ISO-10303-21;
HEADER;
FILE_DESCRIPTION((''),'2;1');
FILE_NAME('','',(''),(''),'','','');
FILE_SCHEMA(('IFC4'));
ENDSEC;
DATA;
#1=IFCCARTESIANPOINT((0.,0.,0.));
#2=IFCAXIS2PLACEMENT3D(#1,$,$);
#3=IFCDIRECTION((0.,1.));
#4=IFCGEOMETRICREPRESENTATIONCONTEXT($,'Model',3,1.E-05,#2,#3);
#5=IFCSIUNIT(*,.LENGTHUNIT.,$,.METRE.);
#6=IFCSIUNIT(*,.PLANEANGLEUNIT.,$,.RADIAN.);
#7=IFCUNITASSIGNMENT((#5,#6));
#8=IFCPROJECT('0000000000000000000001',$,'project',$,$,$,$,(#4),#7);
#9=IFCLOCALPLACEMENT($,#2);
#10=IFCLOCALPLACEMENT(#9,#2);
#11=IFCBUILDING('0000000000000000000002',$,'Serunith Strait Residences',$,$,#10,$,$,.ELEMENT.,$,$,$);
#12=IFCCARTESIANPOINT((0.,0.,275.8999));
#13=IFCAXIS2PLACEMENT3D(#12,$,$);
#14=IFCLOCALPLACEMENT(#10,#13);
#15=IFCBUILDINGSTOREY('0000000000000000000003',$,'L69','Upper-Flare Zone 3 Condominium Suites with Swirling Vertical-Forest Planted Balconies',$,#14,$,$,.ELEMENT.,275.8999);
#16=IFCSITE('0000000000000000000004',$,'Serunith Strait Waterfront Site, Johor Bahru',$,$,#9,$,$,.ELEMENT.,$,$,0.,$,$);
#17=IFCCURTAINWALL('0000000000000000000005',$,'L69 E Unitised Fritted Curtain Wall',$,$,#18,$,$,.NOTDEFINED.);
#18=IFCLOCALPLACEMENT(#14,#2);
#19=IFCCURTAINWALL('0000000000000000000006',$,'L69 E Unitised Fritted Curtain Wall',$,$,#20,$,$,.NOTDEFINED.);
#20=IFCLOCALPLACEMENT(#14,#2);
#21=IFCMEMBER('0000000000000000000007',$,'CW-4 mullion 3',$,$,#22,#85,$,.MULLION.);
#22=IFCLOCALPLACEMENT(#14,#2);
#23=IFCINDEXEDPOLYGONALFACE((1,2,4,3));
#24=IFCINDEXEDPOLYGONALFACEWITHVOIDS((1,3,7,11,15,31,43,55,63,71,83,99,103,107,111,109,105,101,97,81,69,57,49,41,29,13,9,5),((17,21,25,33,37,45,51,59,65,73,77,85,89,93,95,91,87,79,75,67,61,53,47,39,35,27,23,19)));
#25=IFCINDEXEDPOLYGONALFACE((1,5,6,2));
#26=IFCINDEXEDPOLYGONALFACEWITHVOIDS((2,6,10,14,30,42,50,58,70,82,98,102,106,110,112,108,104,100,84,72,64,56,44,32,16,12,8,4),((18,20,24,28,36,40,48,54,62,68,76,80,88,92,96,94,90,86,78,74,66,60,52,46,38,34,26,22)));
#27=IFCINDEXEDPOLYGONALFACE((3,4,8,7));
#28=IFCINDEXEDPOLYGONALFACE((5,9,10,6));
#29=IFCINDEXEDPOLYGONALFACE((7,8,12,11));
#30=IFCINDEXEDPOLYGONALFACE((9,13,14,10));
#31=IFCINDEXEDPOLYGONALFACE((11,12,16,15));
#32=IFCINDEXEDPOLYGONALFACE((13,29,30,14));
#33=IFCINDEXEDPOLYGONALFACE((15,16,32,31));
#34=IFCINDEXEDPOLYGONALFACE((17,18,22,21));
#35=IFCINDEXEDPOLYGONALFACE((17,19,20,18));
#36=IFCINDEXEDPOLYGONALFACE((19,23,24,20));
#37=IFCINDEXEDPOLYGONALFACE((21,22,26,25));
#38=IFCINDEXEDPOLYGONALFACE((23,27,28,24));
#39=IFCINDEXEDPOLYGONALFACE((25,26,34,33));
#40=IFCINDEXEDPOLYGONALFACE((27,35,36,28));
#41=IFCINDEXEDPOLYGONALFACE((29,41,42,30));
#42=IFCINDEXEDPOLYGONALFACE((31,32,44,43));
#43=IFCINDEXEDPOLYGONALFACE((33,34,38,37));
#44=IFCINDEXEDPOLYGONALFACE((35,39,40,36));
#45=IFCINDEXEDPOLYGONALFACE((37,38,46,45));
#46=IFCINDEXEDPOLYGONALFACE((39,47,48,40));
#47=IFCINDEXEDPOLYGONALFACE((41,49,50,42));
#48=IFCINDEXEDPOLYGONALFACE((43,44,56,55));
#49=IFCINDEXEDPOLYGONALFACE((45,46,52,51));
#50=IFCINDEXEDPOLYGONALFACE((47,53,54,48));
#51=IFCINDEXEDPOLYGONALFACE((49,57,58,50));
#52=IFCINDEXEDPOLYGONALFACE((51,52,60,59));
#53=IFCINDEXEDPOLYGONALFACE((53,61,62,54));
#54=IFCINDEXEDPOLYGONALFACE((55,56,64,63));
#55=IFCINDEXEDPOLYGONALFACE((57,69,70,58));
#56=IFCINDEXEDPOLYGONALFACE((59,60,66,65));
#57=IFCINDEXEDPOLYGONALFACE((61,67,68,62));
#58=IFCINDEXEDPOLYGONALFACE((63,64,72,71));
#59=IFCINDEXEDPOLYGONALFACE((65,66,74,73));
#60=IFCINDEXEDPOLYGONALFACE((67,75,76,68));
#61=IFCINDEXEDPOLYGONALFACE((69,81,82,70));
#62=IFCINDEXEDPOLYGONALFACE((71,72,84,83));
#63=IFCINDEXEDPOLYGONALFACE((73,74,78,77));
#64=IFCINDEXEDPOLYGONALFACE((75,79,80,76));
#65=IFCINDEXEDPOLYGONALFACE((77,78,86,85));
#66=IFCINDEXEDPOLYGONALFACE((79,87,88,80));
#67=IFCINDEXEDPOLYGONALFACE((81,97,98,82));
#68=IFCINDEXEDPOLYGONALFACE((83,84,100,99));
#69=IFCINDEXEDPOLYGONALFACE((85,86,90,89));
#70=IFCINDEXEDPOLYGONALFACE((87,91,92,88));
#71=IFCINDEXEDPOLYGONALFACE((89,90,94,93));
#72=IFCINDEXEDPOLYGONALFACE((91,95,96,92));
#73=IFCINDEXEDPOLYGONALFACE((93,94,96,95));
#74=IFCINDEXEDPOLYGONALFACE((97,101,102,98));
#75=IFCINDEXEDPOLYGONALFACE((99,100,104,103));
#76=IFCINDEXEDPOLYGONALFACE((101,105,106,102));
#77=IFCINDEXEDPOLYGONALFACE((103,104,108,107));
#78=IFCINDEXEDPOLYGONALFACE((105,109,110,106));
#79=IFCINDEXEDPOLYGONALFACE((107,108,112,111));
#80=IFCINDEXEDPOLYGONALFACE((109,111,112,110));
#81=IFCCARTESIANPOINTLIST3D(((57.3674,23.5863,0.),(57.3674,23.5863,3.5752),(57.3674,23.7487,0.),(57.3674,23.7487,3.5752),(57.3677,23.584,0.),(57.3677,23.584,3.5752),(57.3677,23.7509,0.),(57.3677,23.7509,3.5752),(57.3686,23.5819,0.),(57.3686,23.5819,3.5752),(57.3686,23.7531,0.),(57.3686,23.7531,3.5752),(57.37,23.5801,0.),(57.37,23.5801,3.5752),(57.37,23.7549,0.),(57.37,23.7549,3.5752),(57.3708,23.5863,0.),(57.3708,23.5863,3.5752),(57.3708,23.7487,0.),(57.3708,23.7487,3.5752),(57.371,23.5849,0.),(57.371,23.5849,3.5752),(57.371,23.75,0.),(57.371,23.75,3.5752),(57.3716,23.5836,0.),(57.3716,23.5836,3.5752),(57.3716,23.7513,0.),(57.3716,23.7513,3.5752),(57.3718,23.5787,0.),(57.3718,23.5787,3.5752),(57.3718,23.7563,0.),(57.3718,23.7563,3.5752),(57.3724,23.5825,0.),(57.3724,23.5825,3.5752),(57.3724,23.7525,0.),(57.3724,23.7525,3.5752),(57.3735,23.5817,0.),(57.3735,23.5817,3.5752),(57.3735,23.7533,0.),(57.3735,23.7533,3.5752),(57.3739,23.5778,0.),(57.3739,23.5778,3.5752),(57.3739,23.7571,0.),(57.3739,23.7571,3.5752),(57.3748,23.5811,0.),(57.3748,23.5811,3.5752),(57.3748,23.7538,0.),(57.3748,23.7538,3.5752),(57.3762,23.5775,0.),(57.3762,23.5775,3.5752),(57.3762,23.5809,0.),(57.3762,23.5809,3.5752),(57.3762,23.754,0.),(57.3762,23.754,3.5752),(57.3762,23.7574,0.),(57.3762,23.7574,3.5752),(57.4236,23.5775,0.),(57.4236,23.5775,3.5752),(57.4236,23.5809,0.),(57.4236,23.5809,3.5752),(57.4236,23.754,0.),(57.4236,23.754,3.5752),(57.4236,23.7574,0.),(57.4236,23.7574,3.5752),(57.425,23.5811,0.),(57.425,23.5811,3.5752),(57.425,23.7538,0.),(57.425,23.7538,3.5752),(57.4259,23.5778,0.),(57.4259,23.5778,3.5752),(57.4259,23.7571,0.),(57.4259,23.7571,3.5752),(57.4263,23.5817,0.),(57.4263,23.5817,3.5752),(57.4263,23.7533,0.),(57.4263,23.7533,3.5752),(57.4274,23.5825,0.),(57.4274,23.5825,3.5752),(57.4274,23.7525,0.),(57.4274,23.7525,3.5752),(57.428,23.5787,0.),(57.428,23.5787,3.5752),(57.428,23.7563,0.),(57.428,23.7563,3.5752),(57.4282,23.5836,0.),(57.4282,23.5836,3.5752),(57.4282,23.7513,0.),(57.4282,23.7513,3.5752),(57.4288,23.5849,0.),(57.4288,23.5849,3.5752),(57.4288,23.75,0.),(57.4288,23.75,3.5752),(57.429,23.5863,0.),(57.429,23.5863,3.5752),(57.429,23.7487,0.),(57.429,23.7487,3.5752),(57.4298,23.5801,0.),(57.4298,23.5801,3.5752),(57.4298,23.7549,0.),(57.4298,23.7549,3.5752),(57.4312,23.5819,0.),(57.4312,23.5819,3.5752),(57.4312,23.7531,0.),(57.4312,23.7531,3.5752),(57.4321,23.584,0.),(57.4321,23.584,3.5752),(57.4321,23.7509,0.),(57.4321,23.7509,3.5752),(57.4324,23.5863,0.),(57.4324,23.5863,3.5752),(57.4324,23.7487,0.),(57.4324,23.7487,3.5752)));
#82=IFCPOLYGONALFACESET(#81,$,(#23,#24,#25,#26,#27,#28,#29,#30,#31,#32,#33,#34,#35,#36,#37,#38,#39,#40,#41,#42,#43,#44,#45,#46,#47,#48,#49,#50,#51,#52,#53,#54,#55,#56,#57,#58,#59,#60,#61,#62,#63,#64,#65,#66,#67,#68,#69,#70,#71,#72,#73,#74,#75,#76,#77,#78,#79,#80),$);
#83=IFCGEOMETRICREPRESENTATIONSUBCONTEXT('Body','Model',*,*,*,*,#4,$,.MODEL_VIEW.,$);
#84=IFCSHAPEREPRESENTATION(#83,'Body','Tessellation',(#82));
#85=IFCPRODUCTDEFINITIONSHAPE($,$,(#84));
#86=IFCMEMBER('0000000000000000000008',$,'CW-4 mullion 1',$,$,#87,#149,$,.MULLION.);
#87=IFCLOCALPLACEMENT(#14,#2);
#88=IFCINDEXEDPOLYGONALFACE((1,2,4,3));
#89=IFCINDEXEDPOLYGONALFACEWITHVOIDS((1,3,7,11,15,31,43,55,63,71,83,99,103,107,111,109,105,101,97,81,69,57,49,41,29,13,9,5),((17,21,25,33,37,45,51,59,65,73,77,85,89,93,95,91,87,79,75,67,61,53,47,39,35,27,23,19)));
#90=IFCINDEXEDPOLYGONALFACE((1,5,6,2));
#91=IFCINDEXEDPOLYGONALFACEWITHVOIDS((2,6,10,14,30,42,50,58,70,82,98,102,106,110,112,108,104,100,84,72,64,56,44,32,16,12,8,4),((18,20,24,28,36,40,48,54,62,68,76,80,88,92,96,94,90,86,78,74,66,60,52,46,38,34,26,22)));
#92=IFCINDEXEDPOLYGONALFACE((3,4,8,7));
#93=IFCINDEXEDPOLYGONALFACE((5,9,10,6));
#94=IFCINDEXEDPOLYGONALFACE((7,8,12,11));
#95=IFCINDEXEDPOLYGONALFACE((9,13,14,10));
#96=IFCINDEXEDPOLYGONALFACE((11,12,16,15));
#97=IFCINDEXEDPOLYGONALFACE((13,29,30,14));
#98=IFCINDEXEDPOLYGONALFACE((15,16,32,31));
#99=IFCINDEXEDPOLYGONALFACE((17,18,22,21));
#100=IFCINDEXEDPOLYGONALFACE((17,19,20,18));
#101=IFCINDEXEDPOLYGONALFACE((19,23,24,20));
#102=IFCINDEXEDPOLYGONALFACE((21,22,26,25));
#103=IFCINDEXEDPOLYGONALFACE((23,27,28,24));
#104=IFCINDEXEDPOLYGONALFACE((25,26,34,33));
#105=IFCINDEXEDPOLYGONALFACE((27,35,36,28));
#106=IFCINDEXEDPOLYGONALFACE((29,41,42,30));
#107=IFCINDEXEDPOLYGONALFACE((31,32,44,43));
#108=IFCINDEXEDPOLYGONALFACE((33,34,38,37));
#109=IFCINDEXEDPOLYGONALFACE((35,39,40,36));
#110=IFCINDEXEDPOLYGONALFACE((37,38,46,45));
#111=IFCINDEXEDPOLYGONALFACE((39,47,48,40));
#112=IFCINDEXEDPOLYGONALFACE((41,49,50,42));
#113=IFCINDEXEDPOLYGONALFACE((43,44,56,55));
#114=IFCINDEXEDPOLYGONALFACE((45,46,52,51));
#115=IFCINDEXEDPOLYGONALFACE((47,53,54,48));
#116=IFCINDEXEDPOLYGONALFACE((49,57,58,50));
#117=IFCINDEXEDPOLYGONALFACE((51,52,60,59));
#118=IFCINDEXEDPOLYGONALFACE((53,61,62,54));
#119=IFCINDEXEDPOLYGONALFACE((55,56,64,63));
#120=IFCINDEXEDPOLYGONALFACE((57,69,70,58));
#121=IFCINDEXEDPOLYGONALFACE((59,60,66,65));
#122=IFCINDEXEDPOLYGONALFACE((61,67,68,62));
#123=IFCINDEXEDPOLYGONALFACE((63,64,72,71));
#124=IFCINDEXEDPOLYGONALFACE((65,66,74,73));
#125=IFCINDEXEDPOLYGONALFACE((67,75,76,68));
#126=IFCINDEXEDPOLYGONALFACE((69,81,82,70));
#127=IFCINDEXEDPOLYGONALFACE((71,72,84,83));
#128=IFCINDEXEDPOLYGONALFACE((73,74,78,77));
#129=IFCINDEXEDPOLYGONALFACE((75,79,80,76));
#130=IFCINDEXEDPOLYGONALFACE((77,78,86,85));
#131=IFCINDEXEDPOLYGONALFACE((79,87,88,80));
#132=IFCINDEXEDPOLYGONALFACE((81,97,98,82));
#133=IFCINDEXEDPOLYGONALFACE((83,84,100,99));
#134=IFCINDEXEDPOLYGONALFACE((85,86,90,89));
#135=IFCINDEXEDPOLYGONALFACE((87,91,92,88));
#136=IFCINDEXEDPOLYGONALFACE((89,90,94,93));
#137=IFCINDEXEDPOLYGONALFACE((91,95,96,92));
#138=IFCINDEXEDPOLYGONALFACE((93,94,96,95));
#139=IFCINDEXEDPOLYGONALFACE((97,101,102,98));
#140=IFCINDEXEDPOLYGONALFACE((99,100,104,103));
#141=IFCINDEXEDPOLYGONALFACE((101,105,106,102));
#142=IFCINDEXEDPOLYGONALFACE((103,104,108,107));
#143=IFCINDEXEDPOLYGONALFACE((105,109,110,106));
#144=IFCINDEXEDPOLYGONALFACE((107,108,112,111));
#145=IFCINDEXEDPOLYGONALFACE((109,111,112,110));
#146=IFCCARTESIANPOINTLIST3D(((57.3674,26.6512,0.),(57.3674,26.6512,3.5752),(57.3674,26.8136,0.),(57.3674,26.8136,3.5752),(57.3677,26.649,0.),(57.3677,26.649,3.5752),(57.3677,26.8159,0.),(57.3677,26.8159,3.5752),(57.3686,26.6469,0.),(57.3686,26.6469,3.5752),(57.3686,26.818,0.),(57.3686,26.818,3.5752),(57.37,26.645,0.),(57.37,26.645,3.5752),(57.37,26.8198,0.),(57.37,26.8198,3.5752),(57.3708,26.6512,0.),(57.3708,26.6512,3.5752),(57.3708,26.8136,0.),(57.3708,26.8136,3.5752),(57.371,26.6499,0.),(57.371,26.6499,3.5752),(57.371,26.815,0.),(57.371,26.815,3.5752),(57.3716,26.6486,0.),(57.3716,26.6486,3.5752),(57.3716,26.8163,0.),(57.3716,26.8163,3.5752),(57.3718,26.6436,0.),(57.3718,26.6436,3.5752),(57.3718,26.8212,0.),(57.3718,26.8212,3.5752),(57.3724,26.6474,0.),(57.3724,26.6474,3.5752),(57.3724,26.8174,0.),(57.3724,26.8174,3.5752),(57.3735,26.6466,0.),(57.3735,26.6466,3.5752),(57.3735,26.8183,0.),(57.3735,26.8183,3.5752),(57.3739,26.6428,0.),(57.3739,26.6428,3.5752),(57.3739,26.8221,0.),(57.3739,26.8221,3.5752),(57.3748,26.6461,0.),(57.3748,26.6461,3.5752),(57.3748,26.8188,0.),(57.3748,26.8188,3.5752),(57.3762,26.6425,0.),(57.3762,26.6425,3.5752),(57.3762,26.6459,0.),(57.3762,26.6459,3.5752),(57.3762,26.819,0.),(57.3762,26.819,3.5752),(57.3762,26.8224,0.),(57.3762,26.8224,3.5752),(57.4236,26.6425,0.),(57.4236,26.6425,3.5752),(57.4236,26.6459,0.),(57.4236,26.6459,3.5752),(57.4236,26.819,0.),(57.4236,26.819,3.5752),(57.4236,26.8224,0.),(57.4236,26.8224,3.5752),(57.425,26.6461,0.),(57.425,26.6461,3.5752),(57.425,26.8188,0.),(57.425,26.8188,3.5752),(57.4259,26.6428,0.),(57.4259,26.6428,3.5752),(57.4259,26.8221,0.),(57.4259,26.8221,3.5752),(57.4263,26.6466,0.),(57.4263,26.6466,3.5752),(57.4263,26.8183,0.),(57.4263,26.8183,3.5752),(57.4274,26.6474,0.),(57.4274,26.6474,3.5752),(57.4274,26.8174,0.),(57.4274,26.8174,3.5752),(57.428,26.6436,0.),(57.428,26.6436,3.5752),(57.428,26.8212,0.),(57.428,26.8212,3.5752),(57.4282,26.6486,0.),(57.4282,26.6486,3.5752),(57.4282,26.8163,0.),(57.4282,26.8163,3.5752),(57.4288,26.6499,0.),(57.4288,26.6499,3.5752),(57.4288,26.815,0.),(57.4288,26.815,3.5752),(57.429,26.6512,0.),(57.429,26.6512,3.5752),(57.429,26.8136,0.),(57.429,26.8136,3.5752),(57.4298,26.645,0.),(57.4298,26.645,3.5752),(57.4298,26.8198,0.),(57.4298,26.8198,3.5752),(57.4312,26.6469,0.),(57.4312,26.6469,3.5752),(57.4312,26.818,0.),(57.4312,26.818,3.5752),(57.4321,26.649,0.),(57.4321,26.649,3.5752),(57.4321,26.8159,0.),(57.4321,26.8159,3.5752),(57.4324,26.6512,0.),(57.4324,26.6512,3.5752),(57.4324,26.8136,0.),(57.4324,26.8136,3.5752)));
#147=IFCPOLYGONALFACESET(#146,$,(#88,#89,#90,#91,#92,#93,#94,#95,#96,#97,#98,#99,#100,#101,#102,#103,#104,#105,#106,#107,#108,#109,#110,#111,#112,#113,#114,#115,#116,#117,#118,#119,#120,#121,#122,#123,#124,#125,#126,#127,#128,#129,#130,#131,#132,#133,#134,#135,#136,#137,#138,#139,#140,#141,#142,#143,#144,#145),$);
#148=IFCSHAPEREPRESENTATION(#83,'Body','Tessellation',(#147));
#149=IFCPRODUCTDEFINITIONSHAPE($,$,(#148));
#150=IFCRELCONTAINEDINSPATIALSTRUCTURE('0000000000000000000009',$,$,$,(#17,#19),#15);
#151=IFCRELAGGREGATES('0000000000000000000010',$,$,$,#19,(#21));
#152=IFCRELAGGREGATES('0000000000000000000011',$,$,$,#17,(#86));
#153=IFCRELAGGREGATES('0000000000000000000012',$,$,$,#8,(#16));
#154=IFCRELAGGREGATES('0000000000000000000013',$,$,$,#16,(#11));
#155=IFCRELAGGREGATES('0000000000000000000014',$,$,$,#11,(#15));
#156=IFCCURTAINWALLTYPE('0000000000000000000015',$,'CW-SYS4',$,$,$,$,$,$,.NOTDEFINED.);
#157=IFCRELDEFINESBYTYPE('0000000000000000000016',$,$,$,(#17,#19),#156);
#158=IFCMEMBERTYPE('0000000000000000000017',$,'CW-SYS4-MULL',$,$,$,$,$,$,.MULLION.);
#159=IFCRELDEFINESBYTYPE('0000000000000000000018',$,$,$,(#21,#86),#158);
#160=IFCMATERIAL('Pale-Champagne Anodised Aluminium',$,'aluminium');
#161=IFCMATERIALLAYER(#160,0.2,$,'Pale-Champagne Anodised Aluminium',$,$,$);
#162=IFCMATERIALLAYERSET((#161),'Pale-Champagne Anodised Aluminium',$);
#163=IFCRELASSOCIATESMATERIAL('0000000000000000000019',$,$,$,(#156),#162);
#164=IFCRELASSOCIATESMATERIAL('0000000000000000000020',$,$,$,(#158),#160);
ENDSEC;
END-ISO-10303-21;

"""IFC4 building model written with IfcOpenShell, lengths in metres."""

from ifc_helpers import new_model, si_unit, direction, frame, origin, origin_2d, place, context, subcontext, project, spatial, hollow_rectangle, extrude, source, transform, mapped, material, layer, layer_set, material_profile, profile_set, type_object, element, aggregate, save


model = new_model("IFC4")

# Units and contexts
model_context = context("Model", 3, precision=1e-05, world=origin(), true_north=direction((0.0, 1.0)))
body_context = subcontext(model_context, "Body", "Model", "MODEL_VIEW")
ifc_project = project(units=[si_unit("LENGTHUNIT", "METRE"), si_unit("PLANEANGLEUNIT", "RADIAN")], contexts=[model_context])

# Site, building, storey
site_placement = place(None, origin())
site = spatial("IfcSite", under=ifc_project, at=site_placement, Name="Serunith Strait Waterfront Site, Johor Bahru", CompositionType="ELEMENT", RefElevation=0.0)
building_placement = place(site_placement, origin())
building = spatial("IfcBuilding", under=site, at=building_placement, Name="Serunith Strait Residences", CompositionType="ELEMENT")
storey_placement = place(building_placement, frame((0.0, 0.0, 275.8999)))
storey = spatial("IfcBuildingStorey", under=building, at=storey_placement, Name="L69", Description="Upper-Flare Zone 3 Condominium Suites with Swirling Vertical-Forest Planted Balconies", CompositionType="ELEMENT", Elevation=275.8999)

# Curtain wall
ifc_material_1 = material(Name="Pale-Champagne Anodised Aluminium", Category="aluminium")
ifc_layer_1 = layer(ifc_material_1, 0.2, Name="Pale-Champagne Anodised Aluminium")
ifc_layer_set_1 = layer_set([ifc_layer_1], Name="Pale-Champagne Anodised Aluminium")
curtain_wall_type = type_object("IfcCurtainWallType", Name="CW-SYS4", PredefinedType="NOTDEFINED", material=ifc_layer_set_1)
curtain_wall_1_placement = place(storey_placement, origin())
curtain_wall_1 = element("IfcCurtainWall", 1, at=curtain_wall_1_placement, inside=storey, type_object=curtain_wall_type, Name="L69 E Unitised Fritted Curtain Wall", PredefinedType="NOTDEFINED")

# Curtain wall, member
curtain_wall_2_placement = place(storey_placement, origin())
curtain_wall_2 = element("IfcCurtainWall", 2, at=curtain_wall_2_placement, inside=storey, type_object=curtain_wall_type, Name="L69 E Unitised Fritted Curtain Wall", PredefinedType="NOTDEFINED")
ifc_material_profile_1 = material_profile(ifc_material_1, hollow_rectangle(XDim=0.0649, YDim=0.1799, WallThickness=0.0034, InnerFilletRadius=0.0054, OuterFilletRadius=0.0088, at=origin_2d()), Name="ALU 180x65x3.5")
ifc_profile_set_1 = profile_set([ifc_material_profile_1], Name="Pale-Champagne Anodised Aluminium")
member_type_1 = type_object("IfcMemberType", Name="CW-SYS4-MULL", PredefinedType="MULLION", material=ifc_profile_set_1)
shared_shape_1 = source(origin(), body_context, "Body", "SweptSolid", [
    extrude(hollow_rectangle(XDim=0.0649, YDim=0.1799, WallThickness=0.0034, InnerFilletRadius=0.0054, OuterFilletRadius=0.0088, at=origin_2d()), origin(), (0.0, 0.0, 1.0), 3.5752),
])
member_1_placement = place(storey_placement, frame((57.3999, 23.6675, 0.0), z_axis=(0.0, 0.0, 1.0), x_axis=(-1.0, 0.0, 0.0)))
member_1 = element("IfcMember", 3, at=member_1_placement, type_object=member_type_1, Name="CW-4 mullion 3", PredefinedType="MULLION", context=body_context, shape_type="MappedRepresentation", body=[
    mapped(shared_shape_1, transform((0.0, 0.0, 0.0), scale=1.0)),
])
aggregate(curtain_wall_2, [member_1])

# Member
member_2_placement = place(storey_placement, frame((57.3999, 26.7324, 0.0), z_axis=(0.0, 0.0, 1.0), x_axis=(-1.0, 0.0, 0.0)))
member_2 = element("IfcMember", 4, at=member_2_placement, type_object=member_type_1, Name="CW-4 mullion 1", PredefinedType="MULLION", context=body_context, shape_type="MappedRepresentation", body=[
    mapped(shared_shape_1, transform((0.0, 0.0, 0.0), scale=1.0)),
])

aggregate(curtain_wall_1, [member_2])

save(model, "model.ifc")
